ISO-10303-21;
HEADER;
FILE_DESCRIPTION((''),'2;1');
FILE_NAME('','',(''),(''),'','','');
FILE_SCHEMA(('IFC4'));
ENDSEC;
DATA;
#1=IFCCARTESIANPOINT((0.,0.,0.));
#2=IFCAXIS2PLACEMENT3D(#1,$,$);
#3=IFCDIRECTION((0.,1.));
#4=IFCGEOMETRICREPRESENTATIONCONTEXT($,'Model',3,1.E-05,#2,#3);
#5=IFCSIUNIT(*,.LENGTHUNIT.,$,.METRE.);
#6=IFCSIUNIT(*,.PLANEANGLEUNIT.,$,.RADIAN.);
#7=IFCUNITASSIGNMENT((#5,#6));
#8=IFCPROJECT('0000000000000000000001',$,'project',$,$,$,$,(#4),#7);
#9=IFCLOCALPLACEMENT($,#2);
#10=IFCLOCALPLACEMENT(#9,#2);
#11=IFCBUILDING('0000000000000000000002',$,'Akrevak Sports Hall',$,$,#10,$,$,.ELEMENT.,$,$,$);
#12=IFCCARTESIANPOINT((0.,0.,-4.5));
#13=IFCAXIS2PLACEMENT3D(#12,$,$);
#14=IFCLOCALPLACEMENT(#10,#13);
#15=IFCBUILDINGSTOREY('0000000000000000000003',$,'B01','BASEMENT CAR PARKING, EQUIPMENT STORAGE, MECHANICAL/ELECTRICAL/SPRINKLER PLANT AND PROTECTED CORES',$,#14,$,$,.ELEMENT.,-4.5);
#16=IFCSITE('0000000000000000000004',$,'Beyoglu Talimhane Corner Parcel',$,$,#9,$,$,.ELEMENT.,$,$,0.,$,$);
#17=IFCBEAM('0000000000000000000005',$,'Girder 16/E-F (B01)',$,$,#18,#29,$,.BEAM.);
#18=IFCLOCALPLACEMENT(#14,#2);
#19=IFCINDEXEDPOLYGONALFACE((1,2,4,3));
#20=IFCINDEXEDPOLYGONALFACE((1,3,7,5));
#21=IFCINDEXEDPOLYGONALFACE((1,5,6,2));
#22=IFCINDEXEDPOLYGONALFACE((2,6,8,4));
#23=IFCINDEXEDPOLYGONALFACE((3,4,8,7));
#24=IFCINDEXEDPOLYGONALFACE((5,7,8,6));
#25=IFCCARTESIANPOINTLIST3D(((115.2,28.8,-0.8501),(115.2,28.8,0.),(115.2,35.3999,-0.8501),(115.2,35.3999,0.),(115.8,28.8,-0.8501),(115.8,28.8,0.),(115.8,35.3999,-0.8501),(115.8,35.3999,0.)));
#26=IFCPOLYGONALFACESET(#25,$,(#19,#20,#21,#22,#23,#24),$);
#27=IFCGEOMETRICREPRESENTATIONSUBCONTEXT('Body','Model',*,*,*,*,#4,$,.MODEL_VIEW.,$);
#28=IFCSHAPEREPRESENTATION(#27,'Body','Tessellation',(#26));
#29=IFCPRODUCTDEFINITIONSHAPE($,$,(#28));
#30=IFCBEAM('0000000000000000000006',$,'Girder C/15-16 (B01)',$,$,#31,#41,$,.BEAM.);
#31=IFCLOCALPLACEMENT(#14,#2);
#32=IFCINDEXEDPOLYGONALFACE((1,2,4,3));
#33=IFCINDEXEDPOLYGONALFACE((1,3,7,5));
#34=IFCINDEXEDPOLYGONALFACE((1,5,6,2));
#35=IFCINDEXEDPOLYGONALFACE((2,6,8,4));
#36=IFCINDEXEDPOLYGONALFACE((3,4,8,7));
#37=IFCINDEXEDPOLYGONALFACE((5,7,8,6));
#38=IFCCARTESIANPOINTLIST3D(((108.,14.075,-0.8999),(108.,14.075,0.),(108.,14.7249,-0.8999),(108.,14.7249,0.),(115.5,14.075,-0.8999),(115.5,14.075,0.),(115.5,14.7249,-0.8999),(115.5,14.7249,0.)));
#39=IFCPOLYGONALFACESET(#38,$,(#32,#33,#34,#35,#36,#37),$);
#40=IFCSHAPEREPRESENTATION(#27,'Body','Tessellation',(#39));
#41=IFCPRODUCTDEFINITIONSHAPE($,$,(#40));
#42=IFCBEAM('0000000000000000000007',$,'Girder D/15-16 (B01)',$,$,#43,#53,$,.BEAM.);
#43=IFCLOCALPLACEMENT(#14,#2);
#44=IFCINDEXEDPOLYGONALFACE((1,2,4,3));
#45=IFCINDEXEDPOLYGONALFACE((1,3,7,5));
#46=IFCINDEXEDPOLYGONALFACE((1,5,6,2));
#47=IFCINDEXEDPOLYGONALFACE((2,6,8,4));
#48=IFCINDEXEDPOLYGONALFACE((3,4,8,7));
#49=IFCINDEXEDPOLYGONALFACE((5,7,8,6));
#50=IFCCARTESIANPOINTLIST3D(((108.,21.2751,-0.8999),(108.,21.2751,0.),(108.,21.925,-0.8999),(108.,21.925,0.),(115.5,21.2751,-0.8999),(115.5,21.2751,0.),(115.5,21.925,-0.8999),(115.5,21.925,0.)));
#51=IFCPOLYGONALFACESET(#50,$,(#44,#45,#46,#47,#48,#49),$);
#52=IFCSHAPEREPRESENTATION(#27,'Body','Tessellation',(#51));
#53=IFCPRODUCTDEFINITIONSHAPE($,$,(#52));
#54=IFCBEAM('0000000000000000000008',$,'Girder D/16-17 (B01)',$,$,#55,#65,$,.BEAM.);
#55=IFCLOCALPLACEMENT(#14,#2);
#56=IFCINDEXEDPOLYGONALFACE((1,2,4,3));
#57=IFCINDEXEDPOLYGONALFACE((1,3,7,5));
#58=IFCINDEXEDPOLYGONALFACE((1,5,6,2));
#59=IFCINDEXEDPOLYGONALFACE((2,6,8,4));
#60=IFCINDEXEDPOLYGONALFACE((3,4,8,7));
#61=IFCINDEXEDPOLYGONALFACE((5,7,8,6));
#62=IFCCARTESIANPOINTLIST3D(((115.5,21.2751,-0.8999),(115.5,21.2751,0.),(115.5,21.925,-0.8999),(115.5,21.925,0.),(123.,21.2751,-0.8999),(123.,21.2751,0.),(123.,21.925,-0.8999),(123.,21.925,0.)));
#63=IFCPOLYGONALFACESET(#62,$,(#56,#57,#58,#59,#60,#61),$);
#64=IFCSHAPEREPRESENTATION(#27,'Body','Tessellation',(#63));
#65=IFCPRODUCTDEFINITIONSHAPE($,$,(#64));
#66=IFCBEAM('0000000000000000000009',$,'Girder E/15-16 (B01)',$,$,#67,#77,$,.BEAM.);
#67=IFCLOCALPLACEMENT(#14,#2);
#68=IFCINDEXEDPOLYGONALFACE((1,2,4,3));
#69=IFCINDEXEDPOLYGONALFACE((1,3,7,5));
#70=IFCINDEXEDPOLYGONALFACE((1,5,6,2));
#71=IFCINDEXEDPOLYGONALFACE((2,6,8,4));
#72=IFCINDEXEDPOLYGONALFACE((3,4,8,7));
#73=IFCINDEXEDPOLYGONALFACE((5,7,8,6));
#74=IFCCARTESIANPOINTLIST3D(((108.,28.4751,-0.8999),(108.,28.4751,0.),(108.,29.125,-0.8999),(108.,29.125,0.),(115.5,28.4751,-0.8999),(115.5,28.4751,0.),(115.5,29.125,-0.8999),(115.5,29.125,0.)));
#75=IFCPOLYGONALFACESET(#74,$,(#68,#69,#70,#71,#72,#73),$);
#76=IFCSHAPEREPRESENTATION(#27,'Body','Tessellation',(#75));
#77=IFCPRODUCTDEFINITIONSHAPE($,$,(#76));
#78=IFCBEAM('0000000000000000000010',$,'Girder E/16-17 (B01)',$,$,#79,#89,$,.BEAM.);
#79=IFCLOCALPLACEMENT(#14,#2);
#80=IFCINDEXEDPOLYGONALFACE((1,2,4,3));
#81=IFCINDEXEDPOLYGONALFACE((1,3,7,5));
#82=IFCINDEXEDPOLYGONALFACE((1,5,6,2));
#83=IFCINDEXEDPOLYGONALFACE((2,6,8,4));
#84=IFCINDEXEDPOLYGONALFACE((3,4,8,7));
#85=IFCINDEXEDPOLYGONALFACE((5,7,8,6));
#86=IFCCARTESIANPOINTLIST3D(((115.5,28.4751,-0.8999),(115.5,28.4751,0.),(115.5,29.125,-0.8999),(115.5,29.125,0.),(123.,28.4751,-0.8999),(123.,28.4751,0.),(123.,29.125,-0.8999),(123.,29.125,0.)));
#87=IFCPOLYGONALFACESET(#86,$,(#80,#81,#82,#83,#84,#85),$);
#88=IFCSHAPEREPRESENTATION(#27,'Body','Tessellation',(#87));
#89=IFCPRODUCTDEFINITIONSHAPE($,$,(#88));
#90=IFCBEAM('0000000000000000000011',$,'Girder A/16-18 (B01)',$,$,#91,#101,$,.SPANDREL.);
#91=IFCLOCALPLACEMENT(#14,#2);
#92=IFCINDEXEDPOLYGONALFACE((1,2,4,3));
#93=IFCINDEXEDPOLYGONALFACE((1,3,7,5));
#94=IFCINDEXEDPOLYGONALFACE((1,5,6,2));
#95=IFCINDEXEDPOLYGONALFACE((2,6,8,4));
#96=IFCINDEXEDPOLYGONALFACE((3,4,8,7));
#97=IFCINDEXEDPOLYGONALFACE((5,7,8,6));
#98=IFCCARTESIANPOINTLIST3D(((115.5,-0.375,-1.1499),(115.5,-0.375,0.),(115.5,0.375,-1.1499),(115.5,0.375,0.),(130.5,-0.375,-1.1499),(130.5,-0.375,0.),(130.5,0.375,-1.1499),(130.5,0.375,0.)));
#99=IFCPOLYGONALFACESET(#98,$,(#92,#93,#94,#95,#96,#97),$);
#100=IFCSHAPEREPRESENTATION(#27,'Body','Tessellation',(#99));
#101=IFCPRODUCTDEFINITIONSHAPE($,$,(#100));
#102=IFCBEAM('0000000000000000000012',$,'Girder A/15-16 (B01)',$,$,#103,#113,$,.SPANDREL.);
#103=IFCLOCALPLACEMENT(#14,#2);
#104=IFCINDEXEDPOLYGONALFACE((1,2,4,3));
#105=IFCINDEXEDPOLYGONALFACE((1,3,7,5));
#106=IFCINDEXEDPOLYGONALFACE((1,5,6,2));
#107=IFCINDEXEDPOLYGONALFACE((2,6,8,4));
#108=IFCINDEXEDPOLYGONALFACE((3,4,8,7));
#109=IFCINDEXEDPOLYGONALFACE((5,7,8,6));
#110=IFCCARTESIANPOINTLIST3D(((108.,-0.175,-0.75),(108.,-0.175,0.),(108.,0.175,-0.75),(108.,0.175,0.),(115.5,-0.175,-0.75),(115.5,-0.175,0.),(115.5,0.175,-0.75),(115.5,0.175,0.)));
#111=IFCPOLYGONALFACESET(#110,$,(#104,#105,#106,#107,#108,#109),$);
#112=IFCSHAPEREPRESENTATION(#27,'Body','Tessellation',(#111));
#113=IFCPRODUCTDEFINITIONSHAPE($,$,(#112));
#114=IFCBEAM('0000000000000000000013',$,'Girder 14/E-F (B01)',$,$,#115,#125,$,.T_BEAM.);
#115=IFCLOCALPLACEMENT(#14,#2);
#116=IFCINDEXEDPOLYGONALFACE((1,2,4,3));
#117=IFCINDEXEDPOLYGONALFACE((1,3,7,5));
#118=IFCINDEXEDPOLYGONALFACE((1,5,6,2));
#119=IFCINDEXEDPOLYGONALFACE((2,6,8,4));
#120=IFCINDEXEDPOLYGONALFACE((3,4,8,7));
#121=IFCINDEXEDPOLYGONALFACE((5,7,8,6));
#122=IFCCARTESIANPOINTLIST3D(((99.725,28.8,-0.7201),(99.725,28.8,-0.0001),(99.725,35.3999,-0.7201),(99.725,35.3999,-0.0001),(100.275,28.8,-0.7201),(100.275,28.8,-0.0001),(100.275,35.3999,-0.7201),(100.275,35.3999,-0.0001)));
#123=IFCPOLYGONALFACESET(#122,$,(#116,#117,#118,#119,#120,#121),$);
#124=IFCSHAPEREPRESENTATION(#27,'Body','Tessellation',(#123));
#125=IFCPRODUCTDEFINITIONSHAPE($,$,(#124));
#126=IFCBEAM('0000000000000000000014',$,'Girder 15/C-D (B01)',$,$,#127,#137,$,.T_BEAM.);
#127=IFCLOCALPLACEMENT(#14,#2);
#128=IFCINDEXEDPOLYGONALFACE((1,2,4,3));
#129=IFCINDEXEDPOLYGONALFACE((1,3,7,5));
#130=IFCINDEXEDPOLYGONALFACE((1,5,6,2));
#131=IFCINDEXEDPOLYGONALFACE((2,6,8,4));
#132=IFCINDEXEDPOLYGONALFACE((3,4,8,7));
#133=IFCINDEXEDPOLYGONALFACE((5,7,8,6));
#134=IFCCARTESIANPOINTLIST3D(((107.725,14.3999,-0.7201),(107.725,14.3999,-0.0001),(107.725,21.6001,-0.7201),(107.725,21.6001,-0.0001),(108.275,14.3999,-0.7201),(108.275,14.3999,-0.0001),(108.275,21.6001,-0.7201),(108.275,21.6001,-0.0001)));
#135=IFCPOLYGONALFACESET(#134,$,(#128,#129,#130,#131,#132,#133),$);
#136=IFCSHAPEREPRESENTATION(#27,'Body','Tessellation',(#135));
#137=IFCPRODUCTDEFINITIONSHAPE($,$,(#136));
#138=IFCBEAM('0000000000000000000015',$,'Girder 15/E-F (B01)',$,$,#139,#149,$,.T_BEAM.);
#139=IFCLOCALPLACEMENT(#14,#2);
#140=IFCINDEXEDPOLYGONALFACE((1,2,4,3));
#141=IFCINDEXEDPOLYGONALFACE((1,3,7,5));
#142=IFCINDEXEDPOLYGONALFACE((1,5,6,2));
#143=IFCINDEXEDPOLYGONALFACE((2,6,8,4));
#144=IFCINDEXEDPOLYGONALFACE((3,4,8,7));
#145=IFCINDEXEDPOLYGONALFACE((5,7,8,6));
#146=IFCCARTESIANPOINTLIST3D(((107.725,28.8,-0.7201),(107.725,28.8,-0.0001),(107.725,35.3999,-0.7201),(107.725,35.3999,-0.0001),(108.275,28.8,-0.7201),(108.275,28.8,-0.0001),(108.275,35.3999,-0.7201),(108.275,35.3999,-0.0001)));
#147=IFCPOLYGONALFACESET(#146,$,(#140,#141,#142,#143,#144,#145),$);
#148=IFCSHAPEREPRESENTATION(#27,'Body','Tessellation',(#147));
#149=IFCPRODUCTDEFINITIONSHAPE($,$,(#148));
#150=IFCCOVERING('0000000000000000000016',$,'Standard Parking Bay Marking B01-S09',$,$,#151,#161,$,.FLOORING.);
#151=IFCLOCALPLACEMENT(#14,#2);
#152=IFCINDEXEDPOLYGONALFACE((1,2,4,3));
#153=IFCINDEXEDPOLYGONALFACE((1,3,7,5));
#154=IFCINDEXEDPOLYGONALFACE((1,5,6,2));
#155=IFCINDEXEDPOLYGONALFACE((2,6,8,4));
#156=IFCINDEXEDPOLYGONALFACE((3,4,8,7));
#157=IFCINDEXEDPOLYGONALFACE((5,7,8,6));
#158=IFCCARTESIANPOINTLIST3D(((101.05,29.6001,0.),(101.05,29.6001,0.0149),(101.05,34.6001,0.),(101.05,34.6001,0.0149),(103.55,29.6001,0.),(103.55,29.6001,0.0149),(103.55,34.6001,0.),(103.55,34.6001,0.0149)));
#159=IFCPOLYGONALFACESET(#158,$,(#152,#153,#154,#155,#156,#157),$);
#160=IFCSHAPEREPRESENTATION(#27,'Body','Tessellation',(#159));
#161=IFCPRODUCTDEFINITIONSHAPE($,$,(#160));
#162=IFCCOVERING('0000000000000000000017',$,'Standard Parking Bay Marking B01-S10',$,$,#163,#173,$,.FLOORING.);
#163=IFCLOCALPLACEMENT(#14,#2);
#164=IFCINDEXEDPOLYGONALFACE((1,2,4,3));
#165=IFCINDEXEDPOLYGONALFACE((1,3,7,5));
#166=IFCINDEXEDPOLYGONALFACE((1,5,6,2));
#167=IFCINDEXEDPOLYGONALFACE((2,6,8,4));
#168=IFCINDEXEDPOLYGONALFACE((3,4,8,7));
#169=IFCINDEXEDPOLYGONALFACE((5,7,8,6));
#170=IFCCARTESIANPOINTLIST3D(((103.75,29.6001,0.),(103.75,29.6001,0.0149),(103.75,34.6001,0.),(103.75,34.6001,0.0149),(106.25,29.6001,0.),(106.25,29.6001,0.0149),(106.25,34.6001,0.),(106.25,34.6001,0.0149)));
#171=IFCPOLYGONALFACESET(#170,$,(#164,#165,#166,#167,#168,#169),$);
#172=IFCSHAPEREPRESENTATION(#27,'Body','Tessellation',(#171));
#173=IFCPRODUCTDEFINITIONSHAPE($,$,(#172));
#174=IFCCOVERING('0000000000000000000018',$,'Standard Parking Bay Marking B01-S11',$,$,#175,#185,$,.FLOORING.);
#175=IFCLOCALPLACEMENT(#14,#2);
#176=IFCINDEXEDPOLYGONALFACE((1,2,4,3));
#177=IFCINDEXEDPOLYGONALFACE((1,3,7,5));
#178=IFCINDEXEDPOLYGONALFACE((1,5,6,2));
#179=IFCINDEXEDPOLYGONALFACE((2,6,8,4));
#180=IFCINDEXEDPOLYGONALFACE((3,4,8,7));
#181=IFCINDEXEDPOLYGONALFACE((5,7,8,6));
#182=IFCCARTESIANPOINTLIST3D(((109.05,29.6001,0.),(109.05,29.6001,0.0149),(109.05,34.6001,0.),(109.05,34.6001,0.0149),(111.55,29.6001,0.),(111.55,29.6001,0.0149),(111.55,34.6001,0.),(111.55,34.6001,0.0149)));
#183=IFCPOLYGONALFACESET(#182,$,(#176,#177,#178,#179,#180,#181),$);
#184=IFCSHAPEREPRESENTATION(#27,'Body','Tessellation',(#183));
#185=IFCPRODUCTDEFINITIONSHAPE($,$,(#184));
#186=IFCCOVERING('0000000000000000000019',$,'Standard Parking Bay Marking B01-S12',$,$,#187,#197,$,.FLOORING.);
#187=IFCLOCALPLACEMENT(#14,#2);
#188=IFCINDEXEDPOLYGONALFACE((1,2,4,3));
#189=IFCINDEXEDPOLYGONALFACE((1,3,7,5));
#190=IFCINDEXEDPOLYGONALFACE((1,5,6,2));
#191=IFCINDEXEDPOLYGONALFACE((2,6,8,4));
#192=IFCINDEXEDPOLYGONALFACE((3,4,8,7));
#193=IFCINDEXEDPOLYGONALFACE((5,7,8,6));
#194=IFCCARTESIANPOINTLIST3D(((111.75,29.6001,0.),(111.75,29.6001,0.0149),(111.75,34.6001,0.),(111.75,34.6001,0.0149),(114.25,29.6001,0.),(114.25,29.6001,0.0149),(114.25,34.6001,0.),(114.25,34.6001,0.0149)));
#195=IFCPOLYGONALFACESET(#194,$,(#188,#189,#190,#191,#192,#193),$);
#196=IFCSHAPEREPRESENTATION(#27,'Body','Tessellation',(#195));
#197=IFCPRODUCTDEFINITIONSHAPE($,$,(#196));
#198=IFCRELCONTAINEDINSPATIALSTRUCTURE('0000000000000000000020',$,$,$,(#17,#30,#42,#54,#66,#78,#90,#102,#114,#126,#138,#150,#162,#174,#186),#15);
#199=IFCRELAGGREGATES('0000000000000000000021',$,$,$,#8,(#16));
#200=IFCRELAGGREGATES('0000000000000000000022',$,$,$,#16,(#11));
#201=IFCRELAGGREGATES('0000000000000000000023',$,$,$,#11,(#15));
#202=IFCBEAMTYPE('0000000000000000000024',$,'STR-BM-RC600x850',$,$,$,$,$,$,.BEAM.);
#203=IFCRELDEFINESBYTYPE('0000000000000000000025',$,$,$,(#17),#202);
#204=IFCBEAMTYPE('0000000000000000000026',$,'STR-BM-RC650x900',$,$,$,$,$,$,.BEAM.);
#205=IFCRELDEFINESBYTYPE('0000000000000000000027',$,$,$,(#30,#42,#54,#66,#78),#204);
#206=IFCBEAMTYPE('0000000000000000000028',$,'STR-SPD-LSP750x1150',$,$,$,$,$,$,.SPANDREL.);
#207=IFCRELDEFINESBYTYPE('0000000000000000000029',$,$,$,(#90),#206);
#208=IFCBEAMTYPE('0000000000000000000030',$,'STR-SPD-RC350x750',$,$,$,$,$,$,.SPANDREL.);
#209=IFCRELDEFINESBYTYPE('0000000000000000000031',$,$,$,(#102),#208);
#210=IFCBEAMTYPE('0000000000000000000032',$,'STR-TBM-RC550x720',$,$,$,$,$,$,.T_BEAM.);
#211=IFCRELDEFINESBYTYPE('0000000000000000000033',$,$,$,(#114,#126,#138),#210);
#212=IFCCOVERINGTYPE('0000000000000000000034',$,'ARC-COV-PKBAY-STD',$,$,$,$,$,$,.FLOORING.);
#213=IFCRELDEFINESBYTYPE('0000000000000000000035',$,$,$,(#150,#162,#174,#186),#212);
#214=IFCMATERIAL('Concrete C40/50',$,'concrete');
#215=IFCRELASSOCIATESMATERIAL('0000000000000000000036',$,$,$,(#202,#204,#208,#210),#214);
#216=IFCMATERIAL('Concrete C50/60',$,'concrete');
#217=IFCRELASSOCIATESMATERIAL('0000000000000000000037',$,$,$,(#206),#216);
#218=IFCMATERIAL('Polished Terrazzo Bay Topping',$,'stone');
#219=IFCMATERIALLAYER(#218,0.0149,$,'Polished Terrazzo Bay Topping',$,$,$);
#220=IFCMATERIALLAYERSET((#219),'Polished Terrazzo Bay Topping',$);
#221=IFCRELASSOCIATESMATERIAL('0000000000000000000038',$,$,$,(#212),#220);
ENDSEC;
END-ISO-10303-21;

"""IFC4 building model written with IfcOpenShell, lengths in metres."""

from ifc_helpers import new_model, si_unit, direction, frame, origin, origin_2d, place, context, subcontext, project, spatial, rectangle, extrude, material, layer, layer_set, material_profile, profile_set, type_object, element, save


model = new_model("IFC4")

# Units and contexts
model_context = context("Model", 3, precision=1e-05, world=origin(), true_north=direction((0.0, 1.0)))
body_context = subcontext(model_context, "Body", "Model", "MODEL_VIEW")
ifc_project = project(units=[si_unit("LENGTHUNIT", "METRE"), si_unit("PLANEANGLEUNIT", "RADIAN")], contexts=[model_context])

# Site, building, storey
site_placement = place(None, origin())
site = spatial("IfcSite", under=ifc_project, at=site_placement, Name="Beyoglu Talimhane Corner Parcel", CompositionType="ELEMENT", RefElevation=0.0)
building_placement = place(site_placement, origin())
building = spatial("IfcBuilding", under=site, at=building_placement, Name="Akrevak Sports Hall", CompositionType="ELEMENT")
storey_placement = place(building_placement, frame((0.0, 0.0, -4.5)))
storey = spatial("IfcBuildingStorey", under=building, at=storey_placement, Name="B01", Description="BASEMENT CAR PARKING, EQUIPMENT STORAGE, MECHANICAL/ELECTRICAL/SPRINKLER PLANT AND PROTECTED CORES", CompositionType="ELEMENT", Elevation=-4.5)

# Shared definitions
ifc_material_1 = material(Name="Concrete C50/60", Category="concrete")
ifc_material_2 = material(Name="Concrete C40/50", Category="concrete")

# Beams
ifc_material_profile_1 = material_profile(ifc_material_2, rectangle(XDim=0.6001, YDim=0.8501, at=origin_2d()), Name="BM 600x850", Category="concrete")
ifc_profile_set_1 = profile_set([ifc_material_profile_1], Name="Concrete C40/50")
beam_type_1 = type_object("IfcBeamType", Name="STR-BM-RC600x850", PredefinedType="BEAM", material=ifc_profile_set_1)
beam_1_placement = place(storey_placement, frame((115.5, 28.8, -0.425), z_axis=(0.0, 1.0, 0.0), x_axis=(-1.0, 0.0, 0.0)))
element("IfcBeam", 1, at=beam_1_placement, inside=storey, type_object=beam_type_1, Name="Girder 16/E-F (B01)", PredefinedType="BEAM", context=body_context, shape_type="SweptSolid", body=[
    extrude(rectangle(XDim=0.6001, YDim=0.8501, at=origin_2d()), origin(), (0.0, 0.0, 1.0), 6.5999),
])
ifc_material_profile_2 = material_profile(ifc_material_2, rectangle(XDim=0.6499, YDim=0.8999, at=origin_2d()), Name="BM 650x900", Category="concrete")
ifc_profile_set_2 = profile_set([ifc_material_profile_2], Name="Concrete C40/50")
beam_type_2 = type_object("IfcBeamType", Name="STR-BM-RC650x900", PredefinedType="BEAM", material=ifc_profile_set_2)
for number, where, z_axis, x_axis, name in (
    (2, (108.0, 14.3999, -0.45), (1.0, 0.0, 0.0), (0.0, 1.0, 0.0), "Girder C/15-16 (B01)"),
    (3, (108.0, 21.6001, -0.45), (1.0, 0.0, 0.0), (0.0, 1.0, 0.0), "Girder D/15-16 (B01)"),
    (4, (115.5, 21.6001, -0.45), (1.0, 0.0, 0.0), (0.0, 1.0, 0.0), "Girder D/16-17 (B01)"),
    (5, (108.0, 28.8, -0.45), (1.0, 0.0, 0.0), (0.0, 1.0, 0.0), "Girder E/15-16 (B01)"),
    (6, (115.5, 28.8, -0.45), (1.0, 0.0, 0.0), (0.0, 1.0, 0.0), "Girder E/16-17 (B01)"),
):
    element("IfcBeam", number, at=place(storey_placement, frame(where, z_axis=z_axis, x_axis=x_axis)), inside=storey, type_object=beam_type_2, Name=name, PredefinedType="BEAM", context=body_context, shape_type="SweptSolid", body=[
        extrude(rectangle(XDim=0.6499, YDim=0.8999, at=origin_2d()), origin(), (0.0, 0.0, 1.0), 7.5),
    ])
ifc_material_profile_3 = material_profile(ifc_material_1, rectangle(XDim=0.75, YDim=1.1499, at=origin_2d()), Name="SPD 750x1150", Category="concrete")
ifc_profile_set_3 = profile_set([ifc_material_profile_3], Name="Concrete C50/60")
beam_type_3 = type_object("IfcBeamType", Name="STR-SPD-LSP750x1150", PredefinedType="SPANDREL", material=ifc_profile_set_3)
beam_2_placement = place(storey_placement, frame((115.5, 0.0, -0.575), z_axis=(1.0, 0.0, 0.0), x_axis=(0.0, 1.0, 0.0)))
element("IfcBeam", 7, at=beam_2_placement, inside=storey, type_object=beam_type_3, Name="Girder A/16-18 (B01)", PredefinedType="SPANDREL", context=body_context, shape_type="SweptSolid", body=[
    extrude(rectangle(XDim=0.75, YDim=1.1499, at=origin_2d()), origin(), (0.0, 0.0, 1.0), 15.0),
])
ifc_material_profile_4 = material_profile(ifc_material_2, rectangle(XDim=0.3501, YDim=0.75, at=origin_2d()), Name="SPD 350x750", Category="concrete")
ifc_profile_set_4 = profile_set([ifc_material_profile_4], Name="Concrete C40/50")
beam_type_4 = type_object("IfcBeamType", Name="STR-SPD-RC350x750", PredefinedType="SPANDREL", material=ifc_profile_set_4)
beam_3_placement = place(storey_placement, frame((108.0, 0.0, -0.375), z_axis=(1.0, 0.0, 0.0), x_axis=(0.0, 1.0, 0.0)))
element("IfcBeam", 8, at=beam_3_placement, inside=storey, type_object=beam_type_4, Name="Girder A/15-16 (B01)", PredefinedType="SPANDREL", context=body_context, shape_type="SweptSolid", body=[
    extrude(rectangle(XDim=0.3501, YDim=0.75, at=origin_2d()), origin(), (0.0, 0.0, 1.0), 7.5),
])
ifc_material_profile_5 = material_profile(ifc_material_2, rectangle(XDim=0.55, YDim=0.72, at=origin_2d()), Name="TBM 550x720", Category="concrete")
ifc_profile_set_5 = profile_set([ifc_material_profile_5], Name="Concrete C40/50")
beam_type_5 = type_object("IfcBeamType", Name="STR-TBM-RC550x720", PredefinedType="T_BEAM", material=ifc_profile_set_5)
beam_4_placement = place(storey_placement, frame((100.0, 28.8, -0.3601), z_axis=(0.0, 1.0, 0.0), x_axis=(-1.0, 0.0, 0.0)))
element("IfcBeam", 9, at=beam_4_placement, inside=storey, type_object=beam_type_5, Name="Girder 14/E-F (B01)", PredefinedType="T_BEAM", context=body_context, shape_type="SweptSolid", body=[
    extrude(rectangle(XDim=0.55, YDim=0.72, at=origin_2d()), origin(), (0.0, 0.0, 1.0), 6.5999),
])
beam_5_placement = place(storey_placement, frame((108.0, 14.3999, -0.3601), z_axis=(0.0, 1.0, 0.0), x_axis=(-1.0, 0.0, 0.0)))
element("IfcBeam", 10, at=beam_5_placement, inside=storey, type_object=beam_type_5, Name="Girder 15/C-D (B01)", PredefinedType="T_BEAM", context=body_context, shape_type="SweptSolid", body=[
    extrude(rectangle(XDim=0.55, YDim=0.72, at=origin_2d()), origin(), (0.0, 0.0, 1.0), 7.2002),
])
beam_6_placement = place(storey_placement, frame((108.0, 28.8, -0.3601), z_axis=(0.0, 1.0, 0.0), x_axis=(-1.0, 0.0, 0.0)))
element("IfcBeam", 11, at=beam_6_placement, inside=storey, type_object=beam_type_5, Name="Girder 15/E-F (B01)", PredefinedType="T_BEAM", context=body_context, shape_type="SweptSolid", body=[
    extrude(rectangle(XDim=0.55, YDim=0.72, at=origin_2d()), origin(), (0.0, 0.0, 1.0), 6.5999),
])

# Coverings
ifc_material_3 = material(Name="Polished Terrazzo Bay Topping", Category="stone")
ifc_layer = layer(ifc_material_3, 0.0149, Name="Polished Terrazzo Bay Topping")
ifc_layer_set = layer_set([ifc_layer], Name="Polished Terrazzo Bay Topping")
covering_type = type_object("IfcCoveringType", Name="ARC-COV-PKBAY-STD", PredefinedType="FLOORING", material=ifc_layer_set)
for number, where, z_axis, x_axis, name in (
    (12, (102.3, 32.1001, 0.0), (0.0, 0.0, 1.0), (1.0, 0.0, 0.0), "Standard Parking Bay Marking B01-S09"),
    (13, (105.0, 32.1001, 0.0), (0.0, 0.0, 1.0), (1.0, 0.0, 0.0), "Standard Parking Bay Marking B01-S10"),
    (14, (110.3, 32.1001, 0.0), (0.0, 0.0, 1.0), (1.0, 0.0, 0.0), "Standard Parking Bay Marking B01-S11"),
    (15, (113.0, 32.1001, 0.0), (0.0, 0.0, 1.0), (1.0, 0.0, 0.0), "Standard Parking Bay Marking B01-S12"),
):
    element("IfcCovering", number, at=place(storey_placement, frame(where, z_axis=z_axis, x_axis=x_axis)), inside=storey, type_object=covering_type, Name=name, PredefinedType="FLOORING", context=body_context, shape_type="SweptSolid", body=[
        extrude(rectangle(XDim=2.5, YDim=5.0, at=origin_2d()), origin(), (0.0, 0.0, 1.0), 0.0149),
    ])

save(model, "model.ifc")
